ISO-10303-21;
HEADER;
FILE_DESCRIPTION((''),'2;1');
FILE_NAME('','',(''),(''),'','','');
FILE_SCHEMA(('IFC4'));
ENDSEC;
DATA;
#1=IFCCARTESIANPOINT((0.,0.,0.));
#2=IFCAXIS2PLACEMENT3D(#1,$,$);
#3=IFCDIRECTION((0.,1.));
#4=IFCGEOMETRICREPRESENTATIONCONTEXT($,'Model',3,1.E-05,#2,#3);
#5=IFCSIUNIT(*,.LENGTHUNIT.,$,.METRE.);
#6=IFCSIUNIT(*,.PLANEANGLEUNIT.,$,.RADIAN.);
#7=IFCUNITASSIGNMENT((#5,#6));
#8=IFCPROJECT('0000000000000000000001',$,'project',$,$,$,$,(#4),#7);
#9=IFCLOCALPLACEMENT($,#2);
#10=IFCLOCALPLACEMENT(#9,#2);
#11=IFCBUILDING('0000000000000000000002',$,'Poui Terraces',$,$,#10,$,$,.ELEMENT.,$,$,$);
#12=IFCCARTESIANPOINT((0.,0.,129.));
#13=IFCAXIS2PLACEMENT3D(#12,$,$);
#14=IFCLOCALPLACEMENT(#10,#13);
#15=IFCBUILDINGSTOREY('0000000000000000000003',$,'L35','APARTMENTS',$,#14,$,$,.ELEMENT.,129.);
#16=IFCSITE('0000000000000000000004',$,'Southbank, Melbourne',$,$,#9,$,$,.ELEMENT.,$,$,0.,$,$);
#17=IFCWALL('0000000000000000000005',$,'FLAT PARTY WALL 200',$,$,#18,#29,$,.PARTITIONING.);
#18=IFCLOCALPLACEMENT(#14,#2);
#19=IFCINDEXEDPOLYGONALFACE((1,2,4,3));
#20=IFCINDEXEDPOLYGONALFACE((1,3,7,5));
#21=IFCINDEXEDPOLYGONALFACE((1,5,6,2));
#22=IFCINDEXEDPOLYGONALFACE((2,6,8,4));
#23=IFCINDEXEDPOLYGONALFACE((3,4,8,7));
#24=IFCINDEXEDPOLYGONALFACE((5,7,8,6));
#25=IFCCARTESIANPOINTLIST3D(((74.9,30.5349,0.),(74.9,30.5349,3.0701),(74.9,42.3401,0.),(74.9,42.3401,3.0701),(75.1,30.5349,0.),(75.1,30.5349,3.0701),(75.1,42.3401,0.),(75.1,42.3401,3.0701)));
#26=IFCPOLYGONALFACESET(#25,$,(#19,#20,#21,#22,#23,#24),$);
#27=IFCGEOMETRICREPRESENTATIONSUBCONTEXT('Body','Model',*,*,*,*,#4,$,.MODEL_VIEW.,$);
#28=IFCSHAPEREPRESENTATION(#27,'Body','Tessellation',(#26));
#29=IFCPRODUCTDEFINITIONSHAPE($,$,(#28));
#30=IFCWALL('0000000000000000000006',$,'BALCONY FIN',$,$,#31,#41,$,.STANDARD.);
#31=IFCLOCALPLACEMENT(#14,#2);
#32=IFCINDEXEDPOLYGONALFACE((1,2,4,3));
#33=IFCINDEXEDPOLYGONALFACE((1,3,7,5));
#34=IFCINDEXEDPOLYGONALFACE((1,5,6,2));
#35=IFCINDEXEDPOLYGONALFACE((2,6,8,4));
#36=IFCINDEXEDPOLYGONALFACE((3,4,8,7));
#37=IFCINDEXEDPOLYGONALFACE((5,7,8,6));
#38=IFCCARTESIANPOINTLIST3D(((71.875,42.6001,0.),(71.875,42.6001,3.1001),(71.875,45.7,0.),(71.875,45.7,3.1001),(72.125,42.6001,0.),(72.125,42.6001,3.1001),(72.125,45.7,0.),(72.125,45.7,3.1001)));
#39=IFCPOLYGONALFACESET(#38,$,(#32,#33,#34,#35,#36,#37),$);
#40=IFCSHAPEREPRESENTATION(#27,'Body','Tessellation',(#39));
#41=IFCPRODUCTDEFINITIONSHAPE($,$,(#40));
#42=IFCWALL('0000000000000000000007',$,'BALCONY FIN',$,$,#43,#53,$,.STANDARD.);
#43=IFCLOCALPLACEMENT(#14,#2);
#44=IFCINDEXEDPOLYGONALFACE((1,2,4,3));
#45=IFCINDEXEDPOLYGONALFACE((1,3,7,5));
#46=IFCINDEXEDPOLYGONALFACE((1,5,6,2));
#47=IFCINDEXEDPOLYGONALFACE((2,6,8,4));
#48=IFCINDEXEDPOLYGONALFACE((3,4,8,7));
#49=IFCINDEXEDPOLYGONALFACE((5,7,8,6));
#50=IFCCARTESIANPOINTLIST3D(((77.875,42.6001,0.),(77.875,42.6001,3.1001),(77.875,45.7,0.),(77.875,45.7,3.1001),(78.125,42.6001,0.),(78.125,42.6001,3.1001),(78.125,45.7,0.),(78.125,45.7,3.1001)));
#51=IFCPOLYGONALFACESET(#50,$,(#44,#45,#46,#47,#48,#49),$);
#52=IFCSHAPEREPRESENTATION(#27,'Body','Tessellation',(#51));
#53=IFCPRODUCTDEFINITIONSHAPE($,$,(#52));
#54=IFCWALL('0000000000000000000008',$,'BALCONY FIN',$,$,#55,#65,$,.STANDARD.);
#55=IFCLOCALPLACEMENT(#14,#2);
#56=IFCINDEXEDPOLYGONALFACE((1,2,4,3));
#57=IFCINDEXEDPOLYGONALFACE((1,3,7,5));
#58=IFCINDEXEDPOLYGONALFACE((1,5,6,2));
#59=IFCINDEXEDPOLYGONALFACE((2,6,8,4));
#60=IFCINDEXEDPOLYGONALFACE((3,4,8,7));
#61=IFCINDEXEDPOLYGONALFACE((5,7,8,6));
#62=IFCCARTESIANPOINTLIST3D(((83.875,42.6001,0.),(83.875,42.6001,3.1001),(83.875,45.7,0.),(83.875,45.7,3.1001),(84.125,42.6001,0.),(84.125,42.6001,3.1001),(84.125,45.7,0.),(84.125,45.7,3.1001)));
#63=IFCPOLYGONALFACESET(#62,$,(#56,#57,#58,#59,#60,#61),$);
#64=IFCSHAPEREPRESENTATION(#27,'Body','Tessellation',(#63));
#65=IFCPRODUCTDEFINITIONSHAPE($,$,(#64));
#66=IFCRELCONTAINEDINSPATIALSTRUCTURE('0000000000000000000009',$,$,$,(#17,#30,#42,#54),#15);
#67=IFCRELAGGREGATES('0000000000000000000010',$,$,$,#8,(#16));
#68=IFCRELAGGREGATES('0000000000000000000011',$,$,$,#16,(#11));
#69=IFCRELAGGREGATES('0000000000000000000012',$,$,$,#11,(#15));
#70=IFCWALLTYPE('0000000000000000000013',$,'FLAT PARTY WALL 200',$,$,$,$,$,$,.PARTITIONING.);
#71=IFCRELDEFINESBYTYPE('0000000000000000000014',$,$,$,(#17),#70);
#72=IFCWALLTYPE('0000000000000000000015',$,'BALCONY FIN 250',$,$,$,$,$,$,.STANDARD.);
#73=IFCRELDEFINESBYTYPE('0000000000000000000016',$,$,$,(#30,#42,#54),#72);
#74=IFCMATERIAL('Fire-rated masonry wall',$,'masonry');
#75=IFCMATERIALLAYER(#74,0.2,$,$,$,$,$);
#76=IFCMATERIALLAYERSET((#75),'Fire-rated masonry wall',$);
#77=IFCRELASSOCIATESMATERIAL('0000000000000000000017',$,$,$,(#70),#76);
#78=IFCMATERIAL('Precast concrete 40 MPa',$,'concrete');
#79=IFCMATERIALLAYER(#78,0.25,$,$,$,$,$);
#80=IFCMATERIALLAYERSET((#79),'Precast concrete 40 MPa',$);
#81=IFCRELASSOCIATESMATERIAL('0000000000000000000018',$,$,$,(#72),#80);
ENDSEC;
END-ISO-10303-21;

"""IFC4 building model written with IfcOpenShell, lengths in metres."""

from ifc_helpers import new_model, si_unit, direction, frame, frame_2d, origin, place, context, subcontext, project, spatial, polyline, rectangle, outline, extrude, source, transform, mapped, material, layer, layer_set, type_object, element, save


model = new_model("IFC4")

# Units and contexts
model_context = context("Model", 3, precision=1e-05, world=origin(), true_north=direction((0.0, 1.0)))
body_context = subcontext(model_context, "Body", "Model", "MODEL_VIEW")
ifc_project = project(units=[si_unit("LENGTHUNIT", "METRE"), si_unit("PLANEANGLEUNIT", "RADIAN")], contexts=[model_context])

# Site, building, storey
site_placement = place(None, origin())
site = spatial("IfcSite", under=ifc_project, at=site_placement, Name="Southbank, Melbourne", CompositionType="ELEMENT", RefElevation=0.0)
building_placement = place(site_placement, origin())
building = spatial("IfcBuilding", under=site, at=building_placement, Name="Poui Terraces", CompositionType="ELEMENT")
storey_placement = place(building_placement, frame((0.0, 0.0, 129.0)))
storey = spatial("IfcBuildingStorey", under=building, at=storey_placement, Name="L35", Description="APARTMENTS", CompositionType="ELEMENT", Elevation=129.0)

# Walls
ifc_material_1 = material(Name="Fire-rated masonry wall", Category="masonry")
ifc_layer_1 = layer(ifc_material_1, 0.2)
ifc_layer_set_1 = layer_set([ifc_layer_1], Name="Fire-rated masonry wall")
wall_type_1 = type_object("IfcWallType", Name="FLAT PARTY WALL 200", PredefinedType="PARTITIONING", material=ifc_layer_set_1)
wall_1_placement = place(storey_placement, frame((75.0, 30.5349, 0.0), z_axis=(0.0, 0.0, 1.0), x_axis=(0.0, 1.0, 0.0)))
element("IfcWall", 1, at=wall_1_placement, inside=storey, type_object=wall_type_1, Name="FLAT PARTY WALL 200", PredefinedType="PARTITIONING", context=body_context, shape_type="SweptSolid", body=[
    extrude(rectangle(XDim=11.8052, YDim=0.2, at=frame_2d((5.9026, 0.0))), origin(), (0.0, 0.0, 1.0), 3.0701),
])
ifc_material_2 = material(Name="Precast concrete 40 MPa", Category="concrete")
ifc_layer_2 = layer(ifc_material_2, 0.25)
ifc_layer_set_2 = layer_set([ifc_layer_2], Name="Precast concrete 40 MPa")
wall_type_2 = type_object("IfcWallType", Name="BALCONY FIN 250", PredefinedType="STANDARD", material=ifc_layer_set_2)
shared_shape_1 = source(origin(), body_context, "Body", "SweptSolid", [
    extrude(outline(polyline([(0.0, 0.0), (0.25, 0.0), (0.25, 3.0999), (0.0, 3.0999), (0.0, 0.0)])), origin(), (0.0, 0.0, 1.0), 3.1001),
])
for number, where, name in (
    (2, (71.875, 42.6001, 0.0), "BALCONY FIN"),
    (3, (77.875, 42.6001, 0.0), "BALCONY FIN"),
    (4, (83.875, 42.6001, 0.0), "BALCONY FIN"),
):
    element("IfcWall", number, at=place(storey_placement, frame(where)), inside=storey, type_object=wall_type_2, Name=name, PredefinedType="STANDARD", context=body_context, shape_type="MappedRepresentation", body=[
        mapped(shared_shape_1, transform((0.0, 0.0, 0.0))),
    ])

save(model, "model.ifc")
